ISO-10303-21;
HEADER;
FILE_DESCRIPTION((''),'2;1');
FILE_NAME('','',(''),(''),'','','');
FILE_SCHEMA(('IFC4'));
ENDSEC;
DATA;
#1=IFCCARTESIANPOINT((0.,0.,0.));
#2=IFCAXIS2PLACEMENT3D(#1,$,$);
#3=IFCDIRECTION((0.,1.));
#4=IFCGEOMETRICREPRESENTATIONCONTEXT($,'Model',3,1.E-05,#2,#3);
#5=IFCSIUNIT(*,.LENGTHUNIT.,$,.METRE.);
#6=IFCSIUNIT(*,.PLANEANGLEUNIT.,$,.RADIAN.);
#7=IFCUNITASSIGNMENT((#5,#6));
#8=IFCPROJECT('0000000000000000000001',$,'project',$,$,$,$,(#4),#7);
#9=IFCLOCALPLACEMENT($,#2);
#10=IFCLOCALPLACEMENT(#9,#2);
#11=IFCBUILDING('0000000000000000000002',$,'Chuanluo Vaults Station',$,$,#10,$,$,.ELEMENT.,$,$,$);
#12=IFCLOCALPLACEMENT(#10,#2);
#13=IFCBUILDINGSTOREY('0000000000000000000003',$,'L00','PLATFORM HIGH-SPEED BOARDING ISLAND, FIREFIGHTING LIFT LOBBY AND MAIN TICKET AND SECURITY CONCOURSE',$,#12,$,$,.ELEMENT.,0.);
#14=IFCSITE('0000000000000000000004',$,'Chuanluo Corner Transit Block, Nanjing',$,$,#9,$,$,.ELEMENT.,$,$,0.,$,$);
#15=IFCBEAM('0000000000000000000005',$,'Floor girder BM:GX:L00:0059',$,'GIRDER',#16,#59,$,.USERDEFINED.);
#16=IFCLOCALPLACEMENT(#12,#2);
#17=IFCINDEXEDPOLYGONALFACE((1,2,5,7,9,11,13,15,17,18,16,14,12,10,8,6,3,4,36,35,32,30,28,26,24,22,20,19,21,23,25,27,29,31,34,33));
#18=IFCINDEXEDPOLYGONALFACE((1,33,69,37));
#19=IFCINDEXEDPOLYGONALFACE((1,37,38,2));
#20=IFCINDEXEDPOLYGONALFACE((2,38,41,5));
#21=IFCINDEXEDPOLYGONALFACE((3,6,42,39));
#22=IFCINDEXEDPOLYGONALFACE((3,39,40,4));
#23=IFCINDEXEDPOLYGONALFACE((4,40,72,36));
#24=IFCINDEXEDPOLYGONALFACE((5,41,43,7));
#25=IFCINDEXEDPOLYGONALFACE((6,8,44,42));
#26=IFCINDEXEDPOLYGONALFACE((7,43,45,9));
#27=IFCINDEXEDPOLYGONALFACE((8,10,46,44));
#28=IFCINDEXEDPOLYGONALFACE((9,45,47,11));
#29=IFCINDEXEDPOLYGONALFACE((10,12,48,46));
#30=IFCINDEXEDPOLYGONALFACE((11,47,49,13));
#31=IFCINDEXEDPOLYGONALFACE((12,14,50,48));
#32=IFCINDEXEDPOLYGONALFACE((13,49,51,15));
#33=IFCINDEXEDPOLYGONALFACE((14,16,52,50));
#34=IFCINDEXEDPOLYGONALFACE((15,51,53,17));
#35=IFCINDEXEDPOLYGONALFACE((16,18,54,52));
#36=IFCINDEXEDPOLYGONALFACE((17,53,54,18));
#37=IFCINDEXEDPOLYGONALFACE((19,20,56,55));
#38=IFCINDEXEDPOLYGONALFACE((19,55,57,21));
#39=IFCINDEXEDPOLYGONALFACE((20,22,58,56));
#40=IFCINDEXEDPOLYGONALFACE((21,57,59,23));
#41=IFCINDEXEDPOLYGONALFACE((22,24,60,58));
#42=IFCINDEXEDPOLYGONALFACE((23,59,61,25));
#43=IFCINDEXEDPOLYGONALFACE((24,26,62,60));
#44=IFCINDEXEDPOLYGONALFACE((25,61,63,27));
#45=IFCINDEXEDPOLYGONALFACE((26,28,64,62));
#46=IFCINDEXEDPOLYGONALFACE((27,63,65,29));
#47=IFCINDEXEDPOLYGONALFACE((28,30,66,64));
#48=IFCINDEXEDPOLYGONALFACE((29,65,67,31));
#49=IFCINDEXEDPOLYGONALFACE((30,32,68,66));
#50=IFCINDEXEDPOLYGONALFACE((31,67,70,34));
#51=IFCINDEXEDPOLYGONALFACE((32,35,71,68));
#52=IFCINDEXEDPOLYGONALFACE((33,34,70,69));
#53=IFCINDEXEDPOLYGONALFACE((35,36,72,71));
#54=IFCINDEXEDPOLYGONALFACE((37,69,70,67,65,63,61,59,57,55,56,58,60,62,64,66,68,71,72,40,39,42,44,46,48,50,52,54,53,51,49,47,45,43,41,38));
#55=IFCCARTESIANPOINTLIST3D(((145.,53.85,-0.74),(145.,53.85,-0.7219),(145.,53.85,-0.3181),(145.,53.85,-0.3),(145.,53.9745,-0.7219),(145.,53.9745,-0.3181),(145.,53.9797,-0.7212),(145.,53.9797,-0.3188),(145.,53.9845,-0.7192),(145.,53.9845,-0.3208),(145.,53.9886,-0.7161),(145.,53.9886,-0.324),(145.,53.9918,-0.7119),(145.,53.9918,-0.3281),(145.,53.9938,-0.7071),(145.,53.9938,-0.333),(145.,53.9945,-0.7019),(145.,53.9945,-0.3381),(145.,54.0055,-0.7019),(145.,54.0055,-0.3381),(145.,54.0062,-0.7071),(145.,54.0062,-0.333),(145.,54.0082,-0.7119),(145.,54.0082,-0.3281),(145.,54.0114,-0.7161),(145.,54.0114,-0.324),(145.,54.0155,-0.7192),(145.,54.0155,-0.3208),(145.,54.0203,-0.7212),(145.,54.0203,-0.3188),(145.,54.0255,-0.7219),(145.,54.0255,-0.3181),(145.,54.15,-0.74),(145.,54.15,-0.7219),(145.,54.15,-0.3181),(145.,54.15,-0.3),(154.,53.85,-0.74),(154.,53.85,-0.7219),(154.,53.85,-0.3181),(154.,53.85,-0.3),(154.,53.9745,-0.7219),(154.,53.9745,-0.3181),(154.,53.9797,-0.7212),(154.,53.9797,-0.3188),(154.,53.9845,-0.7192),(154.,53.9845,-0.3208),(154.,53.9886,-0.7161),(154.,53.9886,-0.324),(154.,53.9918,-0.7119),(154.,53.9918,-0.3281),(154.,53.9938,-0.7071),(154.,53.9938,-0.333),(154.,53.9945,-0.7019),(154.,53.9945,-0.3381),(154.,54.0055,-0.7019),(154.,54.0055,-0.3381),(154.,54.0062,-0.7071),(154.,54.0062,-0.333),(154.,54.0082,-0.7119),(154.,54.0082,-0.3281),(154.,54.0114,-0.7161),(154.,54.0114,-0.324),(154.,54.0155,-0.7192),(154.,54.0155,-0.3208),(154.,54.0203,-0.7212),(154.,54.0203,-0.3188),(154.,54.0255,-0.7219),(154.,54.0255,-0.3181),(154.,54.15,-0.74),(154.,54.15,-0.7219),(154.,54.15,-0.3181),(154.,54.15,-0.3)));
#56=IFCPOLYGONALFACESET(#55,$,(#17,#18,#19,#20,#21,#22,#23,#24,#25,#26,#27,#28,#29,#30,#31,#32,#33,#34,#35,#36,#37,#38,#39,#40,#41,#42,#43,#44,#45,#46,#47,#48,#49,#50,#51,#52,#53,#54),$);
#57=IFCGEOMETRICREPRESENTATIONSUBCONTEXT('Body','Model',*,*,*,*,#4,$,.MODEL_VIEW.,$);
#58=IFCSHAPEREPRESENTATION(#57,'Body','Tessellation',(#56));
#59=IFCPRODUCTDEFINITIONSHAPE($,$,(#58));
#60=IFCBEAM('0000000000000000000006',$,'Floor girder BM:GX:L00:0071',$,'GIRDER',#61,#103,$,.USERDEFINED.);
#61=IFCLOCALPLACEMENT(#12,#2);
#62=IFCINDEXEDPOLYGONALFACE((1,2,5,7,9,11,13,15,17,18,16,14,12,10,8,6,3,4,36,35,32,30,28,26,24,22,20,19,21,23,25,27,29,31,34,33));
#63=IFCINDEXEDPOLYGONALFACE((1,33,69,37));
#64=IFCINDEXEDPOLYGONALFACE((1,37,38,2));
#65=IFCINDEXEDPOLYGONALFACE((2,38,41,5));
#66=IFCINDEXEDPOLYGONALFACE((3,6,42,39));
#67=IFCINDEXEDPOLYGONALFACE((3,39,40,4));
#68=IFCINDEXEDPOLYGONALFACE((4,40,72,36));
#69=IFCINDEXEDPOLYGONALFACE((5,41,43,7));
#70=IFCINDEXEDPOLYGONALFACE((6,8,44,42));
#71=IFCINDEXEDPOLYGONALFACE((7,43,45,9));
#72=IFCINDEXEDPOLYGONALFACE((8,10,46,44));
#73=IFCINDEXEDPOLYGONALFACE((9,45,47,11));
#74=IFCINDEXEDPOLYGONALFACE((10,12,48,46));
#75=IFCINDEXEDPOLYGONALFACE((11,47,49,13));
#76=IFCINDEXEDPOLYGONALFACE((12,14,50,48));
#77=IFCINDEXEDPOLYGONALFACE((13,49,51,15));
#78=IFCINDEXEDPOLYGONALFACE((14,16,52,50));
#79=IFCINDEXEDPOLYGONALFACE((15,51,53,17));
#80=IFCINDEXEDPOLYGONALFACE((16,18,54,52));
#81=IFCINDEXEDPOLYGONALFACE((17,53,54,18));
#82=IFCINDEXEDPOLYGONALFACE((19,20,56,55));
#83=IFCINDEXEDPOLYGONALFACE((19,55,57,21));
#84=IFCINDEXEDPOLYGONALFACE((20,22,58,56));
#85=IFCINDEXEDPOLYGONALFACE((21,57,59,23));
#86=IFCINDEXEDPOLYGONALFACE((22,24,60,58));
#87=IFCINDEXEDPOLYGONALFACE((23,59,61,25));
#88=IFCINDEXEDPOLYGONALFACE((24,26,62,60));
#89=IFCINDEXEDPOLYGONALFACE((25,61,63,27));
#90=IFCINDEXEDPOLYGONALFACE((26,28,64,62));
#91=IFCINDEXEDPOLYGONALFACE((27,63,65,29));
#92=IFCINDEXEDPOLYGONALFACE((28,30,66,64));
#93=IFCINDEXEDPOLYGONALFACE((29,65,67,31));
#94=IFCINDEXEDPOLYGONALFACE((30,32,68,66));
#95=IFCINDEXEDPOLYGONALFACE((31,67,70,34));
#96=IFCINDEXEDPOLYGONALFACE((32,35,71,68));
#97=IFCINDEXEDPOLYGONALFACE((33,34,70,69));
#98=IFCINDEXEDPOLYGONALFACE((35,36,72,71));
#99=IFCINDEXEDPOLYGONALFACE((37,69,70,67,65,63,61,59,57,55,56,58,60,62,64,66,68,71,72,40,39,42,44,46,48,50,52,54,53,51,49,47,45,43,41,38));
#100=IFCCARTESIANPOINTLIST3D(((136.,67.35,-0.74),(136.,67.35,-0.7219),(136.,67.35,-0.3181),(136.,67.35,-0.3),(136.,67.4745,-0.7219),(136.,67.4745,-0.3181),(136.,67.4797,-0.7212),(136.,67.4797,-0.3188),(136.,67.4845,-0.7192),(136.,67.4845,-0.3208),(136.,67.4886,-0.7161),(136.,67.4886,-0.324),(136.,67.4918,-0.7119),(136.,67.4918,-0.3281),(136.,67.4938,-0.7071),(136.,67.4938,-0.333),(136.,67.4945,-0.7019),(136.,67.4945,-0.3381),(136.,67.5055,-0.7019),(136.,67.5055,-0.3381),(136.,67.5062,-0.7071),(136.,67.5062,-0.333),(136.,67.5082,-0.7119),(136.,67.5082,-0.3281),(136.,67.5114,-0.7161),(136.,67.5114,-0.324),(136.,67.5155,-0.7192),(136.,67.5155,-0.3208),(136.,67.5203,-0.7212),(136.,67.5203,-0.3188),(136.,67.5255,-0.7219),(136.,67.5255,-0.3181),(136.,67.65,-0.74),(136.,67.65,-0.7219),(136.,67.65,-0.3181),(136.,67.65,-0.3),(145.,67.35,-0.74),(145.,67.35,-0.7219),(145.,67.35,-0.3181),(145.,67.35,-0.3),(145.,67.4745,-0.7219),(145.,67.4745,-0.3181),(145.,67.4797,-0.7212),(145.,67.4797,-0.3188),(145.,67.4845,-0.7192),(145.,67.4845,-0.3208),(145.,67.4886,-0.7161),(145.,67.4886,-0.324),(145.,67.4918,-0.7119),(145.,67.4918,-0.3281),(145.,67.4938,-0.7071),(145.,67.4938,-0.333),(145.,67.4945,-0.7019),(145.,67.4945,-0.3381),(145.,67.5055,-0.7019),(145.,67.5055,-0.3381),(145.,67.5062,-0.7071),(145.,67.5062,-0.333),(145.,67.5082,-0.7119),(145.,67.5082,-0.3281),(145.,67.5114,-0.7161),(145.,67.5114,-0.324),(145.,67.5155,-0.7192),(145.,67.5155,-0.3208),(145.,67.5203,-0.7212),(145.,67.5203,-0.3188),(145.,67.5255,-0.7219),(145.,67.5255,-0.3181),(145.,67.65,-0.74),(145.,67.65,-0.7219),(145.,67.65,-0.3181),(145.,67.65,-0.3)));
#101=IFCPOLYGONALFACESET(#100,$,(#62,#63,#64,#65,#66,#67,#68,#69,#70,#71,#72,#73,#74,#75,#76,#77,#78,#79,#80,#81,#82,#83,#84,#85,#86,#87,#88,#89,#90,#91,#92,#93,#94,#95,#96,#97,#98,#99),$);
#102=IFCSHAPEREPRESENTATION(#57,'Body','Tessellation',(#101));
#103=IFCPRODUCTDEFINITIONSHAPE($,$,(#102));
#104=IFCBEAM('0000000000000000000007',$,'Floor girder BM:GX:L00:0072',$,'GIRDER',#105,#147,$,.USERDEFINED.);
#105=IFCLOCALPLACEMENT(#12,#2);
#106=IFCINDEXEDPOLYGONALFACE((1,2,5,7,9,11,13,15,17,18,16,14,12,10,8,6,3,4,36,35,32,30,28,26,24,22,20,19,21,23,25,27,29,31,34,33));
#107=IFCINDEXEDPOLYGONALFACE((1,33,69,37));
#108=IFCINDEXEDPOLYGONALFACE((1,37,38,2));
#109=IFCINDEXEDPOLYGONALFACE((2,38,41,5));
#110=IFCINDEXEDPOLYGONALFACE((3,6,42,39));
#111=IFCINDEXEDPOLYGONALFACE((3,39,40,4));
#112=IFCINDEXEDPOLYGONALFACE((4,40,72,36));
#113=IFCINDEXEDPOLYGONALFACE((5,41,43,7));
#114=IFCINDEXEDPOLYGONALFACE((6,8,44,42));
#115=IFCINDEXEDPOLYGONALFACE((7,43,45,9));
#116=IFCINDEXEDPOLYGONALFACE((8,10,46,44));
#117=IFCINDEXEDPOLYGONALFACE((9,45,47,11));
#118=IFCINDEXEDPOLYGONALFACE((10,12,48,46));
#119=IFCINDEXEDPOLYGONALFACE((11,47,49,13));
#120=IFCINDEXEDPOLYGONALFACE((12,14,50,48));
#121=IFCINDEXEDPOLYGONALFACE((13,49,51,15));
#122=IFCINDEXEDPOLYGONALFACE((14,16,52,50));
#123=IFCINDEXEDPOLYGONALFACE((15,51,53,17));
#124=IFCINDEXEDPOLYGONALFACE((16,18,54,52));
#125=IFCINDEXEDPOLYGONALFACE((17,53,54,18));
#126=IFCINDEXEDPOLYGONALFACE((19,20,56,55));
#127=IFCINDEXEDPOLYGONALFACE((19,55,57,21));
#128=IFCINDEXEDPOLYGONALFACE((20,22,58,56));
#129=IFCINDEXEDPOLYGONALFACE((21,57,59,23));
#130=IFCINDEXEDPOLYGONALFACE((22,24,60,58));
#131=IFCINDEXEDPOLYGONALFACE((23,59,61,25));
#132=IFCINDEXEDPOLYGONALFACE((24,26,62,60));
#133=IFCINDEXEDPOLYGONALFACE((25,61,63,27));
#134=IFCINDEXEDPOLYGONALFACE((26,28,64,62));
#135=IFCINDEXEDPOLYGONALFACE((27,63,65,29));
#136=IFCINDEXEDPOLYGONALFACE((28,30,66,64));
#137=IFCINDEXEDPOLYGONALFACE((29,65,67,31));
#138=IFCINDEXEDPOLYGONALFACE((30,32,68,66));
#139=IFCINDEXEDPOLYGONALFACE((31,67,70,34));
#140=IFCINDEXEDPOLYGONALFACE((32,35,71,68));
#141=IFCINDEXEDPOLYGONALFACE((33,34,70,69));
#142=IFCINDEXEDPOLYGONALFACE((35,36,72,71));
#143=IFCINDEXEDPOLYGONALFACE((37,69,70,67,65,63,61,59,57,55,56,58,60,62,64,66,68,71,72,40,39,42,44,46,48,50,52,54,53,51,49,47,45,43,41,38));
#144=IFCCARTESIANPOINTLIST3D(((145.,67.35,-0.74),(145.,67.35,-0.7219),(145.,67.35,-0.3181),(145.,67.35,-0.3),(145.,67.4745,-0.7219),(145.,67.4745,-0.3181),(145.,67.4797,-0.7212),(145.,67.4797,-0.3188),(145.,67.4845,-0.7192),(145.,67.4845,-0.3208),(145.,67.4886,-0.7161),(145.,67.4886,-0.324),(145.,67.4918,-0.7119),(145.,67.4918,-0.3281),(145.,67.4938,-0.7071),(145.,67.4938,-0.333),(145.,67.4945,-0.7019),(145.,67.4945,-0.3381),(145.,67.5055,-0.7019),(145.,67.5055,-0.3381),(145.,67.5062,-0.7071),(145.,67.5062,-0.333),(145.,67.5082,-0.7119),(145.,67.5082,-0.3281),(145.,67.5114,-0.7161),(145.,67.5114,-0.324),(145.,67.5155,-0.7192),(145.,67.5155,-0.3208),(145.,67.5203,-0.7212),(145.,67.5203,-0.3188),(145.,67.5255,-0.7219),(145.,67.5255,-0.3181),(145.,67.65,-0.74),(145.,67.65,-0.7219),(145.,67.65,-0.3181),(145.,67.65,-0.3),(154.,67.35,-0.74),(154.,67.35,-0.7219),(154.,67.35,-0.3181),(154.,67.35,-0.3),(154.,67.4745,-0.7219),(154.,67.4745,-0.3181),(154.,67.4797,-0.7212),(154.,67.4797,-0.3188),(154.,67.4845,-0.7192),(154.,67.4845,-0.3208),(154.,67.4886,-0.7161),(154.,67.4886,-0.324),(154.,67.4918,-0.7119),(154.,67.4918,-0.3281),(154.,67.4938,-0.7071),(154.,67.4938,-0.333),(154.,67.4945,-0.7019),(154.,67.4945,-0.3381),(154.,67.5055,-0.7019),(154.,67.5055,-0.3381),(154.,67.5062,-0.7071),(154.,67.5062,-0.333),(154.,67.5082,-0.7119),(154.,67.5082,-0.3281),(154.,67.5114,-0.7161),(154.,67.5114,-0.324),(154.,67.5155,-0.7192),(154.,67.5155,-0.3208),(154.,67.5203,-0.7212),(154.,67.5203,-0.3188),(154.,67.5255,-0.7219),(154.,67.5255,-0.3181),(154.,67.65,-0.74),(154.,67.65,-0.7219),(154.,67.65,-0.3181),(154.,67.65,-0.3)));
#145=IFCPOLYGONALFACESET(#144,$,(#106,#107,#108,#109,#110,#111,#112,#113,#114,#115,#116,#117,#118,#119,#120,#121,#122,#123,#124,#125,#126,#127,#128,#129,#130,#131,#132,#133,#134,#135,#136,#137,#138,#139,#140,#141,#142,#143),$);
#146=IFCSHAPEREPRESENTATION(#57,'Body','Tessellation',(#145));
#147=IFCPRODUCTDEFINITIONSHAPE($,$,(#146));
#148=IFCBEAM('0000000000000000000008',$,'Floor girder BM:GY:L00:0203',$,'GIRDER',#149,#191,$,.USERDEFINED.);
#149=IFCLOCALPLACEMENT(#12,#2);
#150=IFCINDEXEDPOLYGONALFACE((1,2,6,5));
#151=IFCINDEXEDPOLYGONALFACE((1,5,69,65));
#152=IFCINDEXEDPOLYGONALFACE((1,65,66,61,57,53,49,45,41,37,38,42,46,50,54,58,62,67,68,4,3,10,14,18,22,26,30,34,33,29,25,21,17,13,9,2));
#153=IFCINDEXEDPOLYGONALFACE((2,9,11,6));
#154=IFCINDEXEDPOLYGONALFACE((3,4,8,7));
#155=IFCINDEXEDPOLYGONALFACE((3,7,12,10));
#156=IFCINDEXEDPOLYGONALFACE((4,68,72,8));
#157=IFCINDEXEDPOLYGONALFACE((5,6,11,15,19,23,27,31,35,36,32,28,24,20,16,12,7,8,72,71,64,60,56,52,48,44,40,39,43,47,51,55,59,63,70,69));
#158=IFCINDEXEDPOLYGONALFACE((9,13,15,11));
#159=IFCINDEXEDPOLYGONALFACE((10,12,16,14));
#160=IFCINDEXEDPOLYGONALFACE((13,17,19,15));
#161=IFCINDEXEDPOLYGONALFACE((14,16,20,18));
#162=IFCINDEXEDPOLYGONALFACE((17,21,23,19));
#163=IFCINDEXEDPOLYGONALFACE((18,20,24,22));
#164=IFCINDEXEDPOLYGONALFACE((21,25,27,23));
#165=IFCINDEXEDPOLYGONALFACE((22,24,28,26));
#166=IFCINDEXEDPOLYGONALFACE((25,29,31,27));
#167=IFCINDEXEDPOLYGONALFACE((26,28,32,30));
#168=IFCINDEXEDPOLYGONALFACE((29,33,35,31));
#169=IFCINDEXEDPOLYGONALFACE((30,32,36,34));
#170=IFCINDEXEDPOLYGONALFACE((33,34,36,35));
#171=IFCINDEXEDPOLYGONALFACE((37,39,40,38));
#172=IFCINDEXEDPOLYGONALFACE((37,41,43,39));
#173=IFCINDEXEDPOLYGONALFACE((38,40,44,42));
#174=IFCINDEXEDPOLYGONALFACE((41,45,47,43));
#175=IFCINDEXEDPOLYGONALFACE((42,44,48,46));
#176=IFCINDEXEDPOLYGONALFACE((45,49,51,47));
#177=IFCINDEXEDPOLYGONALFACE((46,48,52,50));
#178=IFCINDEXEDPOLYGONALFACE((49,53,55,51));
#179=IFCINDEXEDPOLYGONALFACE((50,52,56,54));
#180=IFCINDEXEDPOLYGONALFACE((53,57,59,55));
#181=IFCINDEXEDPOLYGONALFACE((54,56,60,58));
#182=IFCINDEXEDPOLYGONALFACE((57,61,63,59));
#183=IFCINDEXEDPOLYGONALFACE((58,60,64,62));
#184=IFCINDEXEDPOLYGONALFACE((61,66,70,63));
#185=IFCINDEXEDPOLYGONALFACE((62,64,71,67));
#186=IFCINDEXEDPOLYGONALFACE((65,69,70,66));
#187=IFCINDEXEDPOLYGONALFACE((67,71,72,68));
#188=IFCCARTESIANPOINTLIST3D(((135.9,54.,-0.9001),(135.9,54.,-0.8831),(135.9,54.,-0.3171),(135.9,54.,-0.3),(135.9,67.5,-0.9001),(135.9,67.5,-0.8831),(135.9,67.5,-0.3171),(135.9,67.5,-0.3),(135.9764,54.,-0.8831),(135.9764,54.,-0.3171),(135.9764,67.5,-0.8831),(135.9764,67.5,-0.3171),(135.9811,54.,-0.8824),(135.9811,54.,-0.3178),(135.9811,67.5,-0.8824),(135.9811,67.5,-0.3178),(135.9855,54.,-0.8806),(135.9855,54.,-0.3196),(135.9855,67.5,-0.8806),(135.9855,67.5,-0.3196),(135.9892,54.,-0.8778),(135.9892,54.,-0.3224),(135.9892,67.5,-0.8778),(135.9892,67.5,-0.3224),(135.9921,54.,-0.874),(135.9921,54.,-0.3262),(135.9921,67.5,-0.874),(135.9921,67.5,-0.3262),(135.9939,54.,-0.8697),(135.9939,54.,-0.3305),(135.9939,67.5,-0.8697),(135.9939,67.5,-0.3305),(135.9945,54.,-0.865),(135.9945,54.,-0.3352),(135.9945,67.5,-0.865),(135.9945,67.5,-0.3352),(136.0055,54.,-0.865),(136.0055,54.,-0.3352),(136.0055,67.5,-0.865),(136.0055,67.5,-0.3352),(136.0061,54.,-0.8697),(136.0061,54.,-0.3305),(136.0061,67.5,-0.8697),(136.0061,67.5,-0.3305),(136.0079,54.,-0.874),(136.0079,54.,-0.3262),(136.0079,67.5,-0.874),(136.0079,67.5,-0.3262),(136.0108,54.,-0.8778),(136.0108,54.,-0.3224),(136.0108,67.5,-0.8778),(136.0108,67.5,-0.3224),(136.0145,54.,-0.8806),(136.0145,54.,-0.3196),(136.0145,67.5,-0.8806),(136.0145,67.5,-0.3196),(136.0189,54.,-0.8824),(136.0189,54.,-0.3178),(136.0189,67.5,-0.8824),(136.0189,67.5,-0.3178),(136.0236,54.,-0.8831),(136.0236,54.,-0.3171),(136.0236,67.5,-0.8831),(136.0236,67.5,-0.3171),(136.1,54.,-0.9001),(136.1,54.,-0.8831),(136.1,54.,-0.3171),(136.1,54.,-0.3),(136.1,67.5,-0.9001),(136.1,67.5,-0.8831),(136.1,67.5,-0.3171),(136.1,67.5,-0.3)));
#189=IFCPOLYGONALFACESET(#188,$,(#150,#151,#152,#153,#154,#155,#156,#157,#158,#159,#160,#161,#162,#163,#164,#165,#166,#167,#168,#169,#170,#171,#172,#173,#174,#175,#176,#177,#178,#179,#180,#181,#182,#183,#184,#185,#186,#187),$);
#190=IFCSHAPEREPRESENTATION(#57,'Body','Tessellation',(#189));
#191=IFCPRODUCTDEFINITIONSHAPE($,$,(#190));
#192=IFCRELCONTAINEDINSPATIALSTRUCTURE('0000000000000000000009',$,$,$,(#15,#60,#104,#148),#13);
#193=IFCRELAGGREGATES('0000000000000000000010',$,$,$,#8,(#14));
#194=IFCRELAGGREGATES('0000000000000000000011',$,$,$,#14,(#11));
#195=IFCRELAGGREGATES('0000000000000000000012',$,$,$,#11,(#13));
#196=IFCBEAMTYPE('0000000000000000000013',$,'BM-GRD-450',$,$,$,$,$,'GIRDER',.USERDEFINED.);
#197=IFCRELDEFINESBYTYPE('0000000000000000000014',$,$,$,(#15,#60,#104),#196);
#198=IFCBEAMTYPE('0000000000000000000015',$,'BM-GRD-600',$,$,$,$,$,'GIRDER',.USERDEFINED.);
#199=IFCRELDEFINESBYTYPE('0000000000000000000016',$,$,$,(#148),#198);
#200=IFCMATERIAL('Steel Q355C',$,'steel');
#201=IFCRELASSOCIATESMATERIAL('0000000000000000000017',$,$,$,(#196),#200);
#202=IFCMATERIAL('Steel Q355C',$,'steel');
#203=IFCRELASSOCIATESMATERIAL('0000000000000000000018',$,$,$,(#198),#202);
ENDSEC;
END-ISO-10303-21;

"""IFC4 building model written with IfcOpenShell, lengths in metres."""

from ifc_helpers import new_model, si_unit, direction, frame, origin, origin_2d, place, context, subcontext, project, spatial, i_section, extrude, material, material_profile, profile_set, type_object, element, save


model = new_model("IFC4")

# Units and contexts
model_context = context("Model", 3, precision=1e-05, world=origin(), true_north=direction((0.0, 1.0)))
body_context = subcontext(model_context, "Body", "Model", "MODEL_VIEW")
ifc_project = project(units=[si_unit("LENGTHUNIT", "METRE"), si_unit("PLANEANGLEUNIT", "RADIAN")], contexts=[model_context])

# Site, building, storey
site_placement = place(None, origin())
site = spatial("IfcSite", under=ifc_project, at=site_placement, Name="Chuanluo Corner Transit Block, Nanjing", CompositionType="ELEMENT", RefElevation=0.0)
building_placement = place(site_placement, origin())
building = spatial("IfcBuilding", under=site, at=building_placement, Name="Chuanluo Vaults Station", CompositionType="ELEMENT")
storey_placement = place(building_placement, origin())
storey = spatial("IfcBuildingStorey", under=building, at=storey_placement, Name="L00", Description="PLATFORM HIGH-SPEED BOARDING ISLAND, FIREFIGHTING LIFT LOBBY AND MAIN TICKET AND SECURITY CONCOURSE", CompositionType="ELEMENT", Elevation=0.0)

# Beams
ifc_material_1 = material(Name="Steel Q355C", Category="steel")
ifc_material_profile_1 = material_profile(ifc_material_1, i_section(OverallWidth=0.3, OverallDepth=0.4399, WebThickness=0.011, FlangeThickness=0.0181, FilletRadius=0.02, at=origin_2d()))
ifc_profile_set_1 = profile_set([ifc_material_profile_1], Name="Steel Q355C")
beam_type_1 = type_object("IfcBeamType", Name="BM-GRD-450", ElementType="GIRDER", PredefinedType="USERDEFINED", material=ifc_profile_set_1)
for number, where, z_axis, x_axis, name in (
    (1, (145.0, 54.0, -0.52), (1.0, 0.0, 0.0), (0.0, 1.0, 0.0), "Floor girder BM:GX:L00:0059"),
    (2, (136.0, 67.5, -0.52), (1.0, 0.0, 0.0), (0.0, 1.0, 0.0), "Floor girder BM:GX:L00:0071"),
    (3, (145.0, 67.5, -0.52), (1.0, 0.0, 0.0), (0.0, 1.0, 0.0), "Floor girder BM:GX:L00:0072"),
):
    element("IfcBeam", number, at=place(storey_placement, frame(where, z_axis=z_axis, x_axis=x_axis)), inside=storey, type_object=beam_type_1, Name=name, ObjectType="GIRDER", PredefinedType="USERDEFINED", context=body_context, shape_type="SweptSolid", body=[
        extrude(i_section(OverallWidth=0.3, OverallDepth=0.4399, WebThickness=0.011, FlangeThickness=0.0181, FilletRadius=0.02, at=origin_2d()), origin(), (0.0, 0.0, 1.0), 9.0),
    ])
ifc_material_2 = material(Name="Steel Q355C", Category="steel")
ifc_material_profile_2 = material_profile(ifc_material_2, i_section(OverallWidth=0.2, OverallDepth=0.6001, WebThickness=0.011, FlangeThickness=0.0171, FilletRadius=0.0181, at=origin_2d()))
ifc_profile_set_2 = profile_set([ifc_material_profile_2], Name="Steel Q355C")
beam_type_2 = type_object("IfcBeamType", Name="BM-GRD-600", ElementType="GIRDER", PredefinedType="USERDEFINED", material=ifc_profile_set_2)
for number, where, z_axis, x_axis, name in (
    (4, (136.0, 54.0, -0.6001), (0.0, 1.0, 0.0), (-1.0, 0.0, 0.0), "Floor girder BM:GY:L00:0203"),
):
    element("IfcBeam", number, at=place(storey_placement, frame(where, z_axis=z_axis, x_axis=x_axis)), inside=storey, type_object=beam_type_2, Name=name, ObjectType="GIRDER", PredefinedType="USERDEFINED", context=body_context, shape_type="SweptSolid", body=[
        extrude(i_section(OverallWidth=0.2, OverallDepth=0.6001, WebThickness=0.011, FlangeThickness=0.0171, FilletRadius=0.0181, at=origin_2d()), origin(), (0.0, 0.0, 1.0), 13.5),
    ])

save(model, "model.ifc")
